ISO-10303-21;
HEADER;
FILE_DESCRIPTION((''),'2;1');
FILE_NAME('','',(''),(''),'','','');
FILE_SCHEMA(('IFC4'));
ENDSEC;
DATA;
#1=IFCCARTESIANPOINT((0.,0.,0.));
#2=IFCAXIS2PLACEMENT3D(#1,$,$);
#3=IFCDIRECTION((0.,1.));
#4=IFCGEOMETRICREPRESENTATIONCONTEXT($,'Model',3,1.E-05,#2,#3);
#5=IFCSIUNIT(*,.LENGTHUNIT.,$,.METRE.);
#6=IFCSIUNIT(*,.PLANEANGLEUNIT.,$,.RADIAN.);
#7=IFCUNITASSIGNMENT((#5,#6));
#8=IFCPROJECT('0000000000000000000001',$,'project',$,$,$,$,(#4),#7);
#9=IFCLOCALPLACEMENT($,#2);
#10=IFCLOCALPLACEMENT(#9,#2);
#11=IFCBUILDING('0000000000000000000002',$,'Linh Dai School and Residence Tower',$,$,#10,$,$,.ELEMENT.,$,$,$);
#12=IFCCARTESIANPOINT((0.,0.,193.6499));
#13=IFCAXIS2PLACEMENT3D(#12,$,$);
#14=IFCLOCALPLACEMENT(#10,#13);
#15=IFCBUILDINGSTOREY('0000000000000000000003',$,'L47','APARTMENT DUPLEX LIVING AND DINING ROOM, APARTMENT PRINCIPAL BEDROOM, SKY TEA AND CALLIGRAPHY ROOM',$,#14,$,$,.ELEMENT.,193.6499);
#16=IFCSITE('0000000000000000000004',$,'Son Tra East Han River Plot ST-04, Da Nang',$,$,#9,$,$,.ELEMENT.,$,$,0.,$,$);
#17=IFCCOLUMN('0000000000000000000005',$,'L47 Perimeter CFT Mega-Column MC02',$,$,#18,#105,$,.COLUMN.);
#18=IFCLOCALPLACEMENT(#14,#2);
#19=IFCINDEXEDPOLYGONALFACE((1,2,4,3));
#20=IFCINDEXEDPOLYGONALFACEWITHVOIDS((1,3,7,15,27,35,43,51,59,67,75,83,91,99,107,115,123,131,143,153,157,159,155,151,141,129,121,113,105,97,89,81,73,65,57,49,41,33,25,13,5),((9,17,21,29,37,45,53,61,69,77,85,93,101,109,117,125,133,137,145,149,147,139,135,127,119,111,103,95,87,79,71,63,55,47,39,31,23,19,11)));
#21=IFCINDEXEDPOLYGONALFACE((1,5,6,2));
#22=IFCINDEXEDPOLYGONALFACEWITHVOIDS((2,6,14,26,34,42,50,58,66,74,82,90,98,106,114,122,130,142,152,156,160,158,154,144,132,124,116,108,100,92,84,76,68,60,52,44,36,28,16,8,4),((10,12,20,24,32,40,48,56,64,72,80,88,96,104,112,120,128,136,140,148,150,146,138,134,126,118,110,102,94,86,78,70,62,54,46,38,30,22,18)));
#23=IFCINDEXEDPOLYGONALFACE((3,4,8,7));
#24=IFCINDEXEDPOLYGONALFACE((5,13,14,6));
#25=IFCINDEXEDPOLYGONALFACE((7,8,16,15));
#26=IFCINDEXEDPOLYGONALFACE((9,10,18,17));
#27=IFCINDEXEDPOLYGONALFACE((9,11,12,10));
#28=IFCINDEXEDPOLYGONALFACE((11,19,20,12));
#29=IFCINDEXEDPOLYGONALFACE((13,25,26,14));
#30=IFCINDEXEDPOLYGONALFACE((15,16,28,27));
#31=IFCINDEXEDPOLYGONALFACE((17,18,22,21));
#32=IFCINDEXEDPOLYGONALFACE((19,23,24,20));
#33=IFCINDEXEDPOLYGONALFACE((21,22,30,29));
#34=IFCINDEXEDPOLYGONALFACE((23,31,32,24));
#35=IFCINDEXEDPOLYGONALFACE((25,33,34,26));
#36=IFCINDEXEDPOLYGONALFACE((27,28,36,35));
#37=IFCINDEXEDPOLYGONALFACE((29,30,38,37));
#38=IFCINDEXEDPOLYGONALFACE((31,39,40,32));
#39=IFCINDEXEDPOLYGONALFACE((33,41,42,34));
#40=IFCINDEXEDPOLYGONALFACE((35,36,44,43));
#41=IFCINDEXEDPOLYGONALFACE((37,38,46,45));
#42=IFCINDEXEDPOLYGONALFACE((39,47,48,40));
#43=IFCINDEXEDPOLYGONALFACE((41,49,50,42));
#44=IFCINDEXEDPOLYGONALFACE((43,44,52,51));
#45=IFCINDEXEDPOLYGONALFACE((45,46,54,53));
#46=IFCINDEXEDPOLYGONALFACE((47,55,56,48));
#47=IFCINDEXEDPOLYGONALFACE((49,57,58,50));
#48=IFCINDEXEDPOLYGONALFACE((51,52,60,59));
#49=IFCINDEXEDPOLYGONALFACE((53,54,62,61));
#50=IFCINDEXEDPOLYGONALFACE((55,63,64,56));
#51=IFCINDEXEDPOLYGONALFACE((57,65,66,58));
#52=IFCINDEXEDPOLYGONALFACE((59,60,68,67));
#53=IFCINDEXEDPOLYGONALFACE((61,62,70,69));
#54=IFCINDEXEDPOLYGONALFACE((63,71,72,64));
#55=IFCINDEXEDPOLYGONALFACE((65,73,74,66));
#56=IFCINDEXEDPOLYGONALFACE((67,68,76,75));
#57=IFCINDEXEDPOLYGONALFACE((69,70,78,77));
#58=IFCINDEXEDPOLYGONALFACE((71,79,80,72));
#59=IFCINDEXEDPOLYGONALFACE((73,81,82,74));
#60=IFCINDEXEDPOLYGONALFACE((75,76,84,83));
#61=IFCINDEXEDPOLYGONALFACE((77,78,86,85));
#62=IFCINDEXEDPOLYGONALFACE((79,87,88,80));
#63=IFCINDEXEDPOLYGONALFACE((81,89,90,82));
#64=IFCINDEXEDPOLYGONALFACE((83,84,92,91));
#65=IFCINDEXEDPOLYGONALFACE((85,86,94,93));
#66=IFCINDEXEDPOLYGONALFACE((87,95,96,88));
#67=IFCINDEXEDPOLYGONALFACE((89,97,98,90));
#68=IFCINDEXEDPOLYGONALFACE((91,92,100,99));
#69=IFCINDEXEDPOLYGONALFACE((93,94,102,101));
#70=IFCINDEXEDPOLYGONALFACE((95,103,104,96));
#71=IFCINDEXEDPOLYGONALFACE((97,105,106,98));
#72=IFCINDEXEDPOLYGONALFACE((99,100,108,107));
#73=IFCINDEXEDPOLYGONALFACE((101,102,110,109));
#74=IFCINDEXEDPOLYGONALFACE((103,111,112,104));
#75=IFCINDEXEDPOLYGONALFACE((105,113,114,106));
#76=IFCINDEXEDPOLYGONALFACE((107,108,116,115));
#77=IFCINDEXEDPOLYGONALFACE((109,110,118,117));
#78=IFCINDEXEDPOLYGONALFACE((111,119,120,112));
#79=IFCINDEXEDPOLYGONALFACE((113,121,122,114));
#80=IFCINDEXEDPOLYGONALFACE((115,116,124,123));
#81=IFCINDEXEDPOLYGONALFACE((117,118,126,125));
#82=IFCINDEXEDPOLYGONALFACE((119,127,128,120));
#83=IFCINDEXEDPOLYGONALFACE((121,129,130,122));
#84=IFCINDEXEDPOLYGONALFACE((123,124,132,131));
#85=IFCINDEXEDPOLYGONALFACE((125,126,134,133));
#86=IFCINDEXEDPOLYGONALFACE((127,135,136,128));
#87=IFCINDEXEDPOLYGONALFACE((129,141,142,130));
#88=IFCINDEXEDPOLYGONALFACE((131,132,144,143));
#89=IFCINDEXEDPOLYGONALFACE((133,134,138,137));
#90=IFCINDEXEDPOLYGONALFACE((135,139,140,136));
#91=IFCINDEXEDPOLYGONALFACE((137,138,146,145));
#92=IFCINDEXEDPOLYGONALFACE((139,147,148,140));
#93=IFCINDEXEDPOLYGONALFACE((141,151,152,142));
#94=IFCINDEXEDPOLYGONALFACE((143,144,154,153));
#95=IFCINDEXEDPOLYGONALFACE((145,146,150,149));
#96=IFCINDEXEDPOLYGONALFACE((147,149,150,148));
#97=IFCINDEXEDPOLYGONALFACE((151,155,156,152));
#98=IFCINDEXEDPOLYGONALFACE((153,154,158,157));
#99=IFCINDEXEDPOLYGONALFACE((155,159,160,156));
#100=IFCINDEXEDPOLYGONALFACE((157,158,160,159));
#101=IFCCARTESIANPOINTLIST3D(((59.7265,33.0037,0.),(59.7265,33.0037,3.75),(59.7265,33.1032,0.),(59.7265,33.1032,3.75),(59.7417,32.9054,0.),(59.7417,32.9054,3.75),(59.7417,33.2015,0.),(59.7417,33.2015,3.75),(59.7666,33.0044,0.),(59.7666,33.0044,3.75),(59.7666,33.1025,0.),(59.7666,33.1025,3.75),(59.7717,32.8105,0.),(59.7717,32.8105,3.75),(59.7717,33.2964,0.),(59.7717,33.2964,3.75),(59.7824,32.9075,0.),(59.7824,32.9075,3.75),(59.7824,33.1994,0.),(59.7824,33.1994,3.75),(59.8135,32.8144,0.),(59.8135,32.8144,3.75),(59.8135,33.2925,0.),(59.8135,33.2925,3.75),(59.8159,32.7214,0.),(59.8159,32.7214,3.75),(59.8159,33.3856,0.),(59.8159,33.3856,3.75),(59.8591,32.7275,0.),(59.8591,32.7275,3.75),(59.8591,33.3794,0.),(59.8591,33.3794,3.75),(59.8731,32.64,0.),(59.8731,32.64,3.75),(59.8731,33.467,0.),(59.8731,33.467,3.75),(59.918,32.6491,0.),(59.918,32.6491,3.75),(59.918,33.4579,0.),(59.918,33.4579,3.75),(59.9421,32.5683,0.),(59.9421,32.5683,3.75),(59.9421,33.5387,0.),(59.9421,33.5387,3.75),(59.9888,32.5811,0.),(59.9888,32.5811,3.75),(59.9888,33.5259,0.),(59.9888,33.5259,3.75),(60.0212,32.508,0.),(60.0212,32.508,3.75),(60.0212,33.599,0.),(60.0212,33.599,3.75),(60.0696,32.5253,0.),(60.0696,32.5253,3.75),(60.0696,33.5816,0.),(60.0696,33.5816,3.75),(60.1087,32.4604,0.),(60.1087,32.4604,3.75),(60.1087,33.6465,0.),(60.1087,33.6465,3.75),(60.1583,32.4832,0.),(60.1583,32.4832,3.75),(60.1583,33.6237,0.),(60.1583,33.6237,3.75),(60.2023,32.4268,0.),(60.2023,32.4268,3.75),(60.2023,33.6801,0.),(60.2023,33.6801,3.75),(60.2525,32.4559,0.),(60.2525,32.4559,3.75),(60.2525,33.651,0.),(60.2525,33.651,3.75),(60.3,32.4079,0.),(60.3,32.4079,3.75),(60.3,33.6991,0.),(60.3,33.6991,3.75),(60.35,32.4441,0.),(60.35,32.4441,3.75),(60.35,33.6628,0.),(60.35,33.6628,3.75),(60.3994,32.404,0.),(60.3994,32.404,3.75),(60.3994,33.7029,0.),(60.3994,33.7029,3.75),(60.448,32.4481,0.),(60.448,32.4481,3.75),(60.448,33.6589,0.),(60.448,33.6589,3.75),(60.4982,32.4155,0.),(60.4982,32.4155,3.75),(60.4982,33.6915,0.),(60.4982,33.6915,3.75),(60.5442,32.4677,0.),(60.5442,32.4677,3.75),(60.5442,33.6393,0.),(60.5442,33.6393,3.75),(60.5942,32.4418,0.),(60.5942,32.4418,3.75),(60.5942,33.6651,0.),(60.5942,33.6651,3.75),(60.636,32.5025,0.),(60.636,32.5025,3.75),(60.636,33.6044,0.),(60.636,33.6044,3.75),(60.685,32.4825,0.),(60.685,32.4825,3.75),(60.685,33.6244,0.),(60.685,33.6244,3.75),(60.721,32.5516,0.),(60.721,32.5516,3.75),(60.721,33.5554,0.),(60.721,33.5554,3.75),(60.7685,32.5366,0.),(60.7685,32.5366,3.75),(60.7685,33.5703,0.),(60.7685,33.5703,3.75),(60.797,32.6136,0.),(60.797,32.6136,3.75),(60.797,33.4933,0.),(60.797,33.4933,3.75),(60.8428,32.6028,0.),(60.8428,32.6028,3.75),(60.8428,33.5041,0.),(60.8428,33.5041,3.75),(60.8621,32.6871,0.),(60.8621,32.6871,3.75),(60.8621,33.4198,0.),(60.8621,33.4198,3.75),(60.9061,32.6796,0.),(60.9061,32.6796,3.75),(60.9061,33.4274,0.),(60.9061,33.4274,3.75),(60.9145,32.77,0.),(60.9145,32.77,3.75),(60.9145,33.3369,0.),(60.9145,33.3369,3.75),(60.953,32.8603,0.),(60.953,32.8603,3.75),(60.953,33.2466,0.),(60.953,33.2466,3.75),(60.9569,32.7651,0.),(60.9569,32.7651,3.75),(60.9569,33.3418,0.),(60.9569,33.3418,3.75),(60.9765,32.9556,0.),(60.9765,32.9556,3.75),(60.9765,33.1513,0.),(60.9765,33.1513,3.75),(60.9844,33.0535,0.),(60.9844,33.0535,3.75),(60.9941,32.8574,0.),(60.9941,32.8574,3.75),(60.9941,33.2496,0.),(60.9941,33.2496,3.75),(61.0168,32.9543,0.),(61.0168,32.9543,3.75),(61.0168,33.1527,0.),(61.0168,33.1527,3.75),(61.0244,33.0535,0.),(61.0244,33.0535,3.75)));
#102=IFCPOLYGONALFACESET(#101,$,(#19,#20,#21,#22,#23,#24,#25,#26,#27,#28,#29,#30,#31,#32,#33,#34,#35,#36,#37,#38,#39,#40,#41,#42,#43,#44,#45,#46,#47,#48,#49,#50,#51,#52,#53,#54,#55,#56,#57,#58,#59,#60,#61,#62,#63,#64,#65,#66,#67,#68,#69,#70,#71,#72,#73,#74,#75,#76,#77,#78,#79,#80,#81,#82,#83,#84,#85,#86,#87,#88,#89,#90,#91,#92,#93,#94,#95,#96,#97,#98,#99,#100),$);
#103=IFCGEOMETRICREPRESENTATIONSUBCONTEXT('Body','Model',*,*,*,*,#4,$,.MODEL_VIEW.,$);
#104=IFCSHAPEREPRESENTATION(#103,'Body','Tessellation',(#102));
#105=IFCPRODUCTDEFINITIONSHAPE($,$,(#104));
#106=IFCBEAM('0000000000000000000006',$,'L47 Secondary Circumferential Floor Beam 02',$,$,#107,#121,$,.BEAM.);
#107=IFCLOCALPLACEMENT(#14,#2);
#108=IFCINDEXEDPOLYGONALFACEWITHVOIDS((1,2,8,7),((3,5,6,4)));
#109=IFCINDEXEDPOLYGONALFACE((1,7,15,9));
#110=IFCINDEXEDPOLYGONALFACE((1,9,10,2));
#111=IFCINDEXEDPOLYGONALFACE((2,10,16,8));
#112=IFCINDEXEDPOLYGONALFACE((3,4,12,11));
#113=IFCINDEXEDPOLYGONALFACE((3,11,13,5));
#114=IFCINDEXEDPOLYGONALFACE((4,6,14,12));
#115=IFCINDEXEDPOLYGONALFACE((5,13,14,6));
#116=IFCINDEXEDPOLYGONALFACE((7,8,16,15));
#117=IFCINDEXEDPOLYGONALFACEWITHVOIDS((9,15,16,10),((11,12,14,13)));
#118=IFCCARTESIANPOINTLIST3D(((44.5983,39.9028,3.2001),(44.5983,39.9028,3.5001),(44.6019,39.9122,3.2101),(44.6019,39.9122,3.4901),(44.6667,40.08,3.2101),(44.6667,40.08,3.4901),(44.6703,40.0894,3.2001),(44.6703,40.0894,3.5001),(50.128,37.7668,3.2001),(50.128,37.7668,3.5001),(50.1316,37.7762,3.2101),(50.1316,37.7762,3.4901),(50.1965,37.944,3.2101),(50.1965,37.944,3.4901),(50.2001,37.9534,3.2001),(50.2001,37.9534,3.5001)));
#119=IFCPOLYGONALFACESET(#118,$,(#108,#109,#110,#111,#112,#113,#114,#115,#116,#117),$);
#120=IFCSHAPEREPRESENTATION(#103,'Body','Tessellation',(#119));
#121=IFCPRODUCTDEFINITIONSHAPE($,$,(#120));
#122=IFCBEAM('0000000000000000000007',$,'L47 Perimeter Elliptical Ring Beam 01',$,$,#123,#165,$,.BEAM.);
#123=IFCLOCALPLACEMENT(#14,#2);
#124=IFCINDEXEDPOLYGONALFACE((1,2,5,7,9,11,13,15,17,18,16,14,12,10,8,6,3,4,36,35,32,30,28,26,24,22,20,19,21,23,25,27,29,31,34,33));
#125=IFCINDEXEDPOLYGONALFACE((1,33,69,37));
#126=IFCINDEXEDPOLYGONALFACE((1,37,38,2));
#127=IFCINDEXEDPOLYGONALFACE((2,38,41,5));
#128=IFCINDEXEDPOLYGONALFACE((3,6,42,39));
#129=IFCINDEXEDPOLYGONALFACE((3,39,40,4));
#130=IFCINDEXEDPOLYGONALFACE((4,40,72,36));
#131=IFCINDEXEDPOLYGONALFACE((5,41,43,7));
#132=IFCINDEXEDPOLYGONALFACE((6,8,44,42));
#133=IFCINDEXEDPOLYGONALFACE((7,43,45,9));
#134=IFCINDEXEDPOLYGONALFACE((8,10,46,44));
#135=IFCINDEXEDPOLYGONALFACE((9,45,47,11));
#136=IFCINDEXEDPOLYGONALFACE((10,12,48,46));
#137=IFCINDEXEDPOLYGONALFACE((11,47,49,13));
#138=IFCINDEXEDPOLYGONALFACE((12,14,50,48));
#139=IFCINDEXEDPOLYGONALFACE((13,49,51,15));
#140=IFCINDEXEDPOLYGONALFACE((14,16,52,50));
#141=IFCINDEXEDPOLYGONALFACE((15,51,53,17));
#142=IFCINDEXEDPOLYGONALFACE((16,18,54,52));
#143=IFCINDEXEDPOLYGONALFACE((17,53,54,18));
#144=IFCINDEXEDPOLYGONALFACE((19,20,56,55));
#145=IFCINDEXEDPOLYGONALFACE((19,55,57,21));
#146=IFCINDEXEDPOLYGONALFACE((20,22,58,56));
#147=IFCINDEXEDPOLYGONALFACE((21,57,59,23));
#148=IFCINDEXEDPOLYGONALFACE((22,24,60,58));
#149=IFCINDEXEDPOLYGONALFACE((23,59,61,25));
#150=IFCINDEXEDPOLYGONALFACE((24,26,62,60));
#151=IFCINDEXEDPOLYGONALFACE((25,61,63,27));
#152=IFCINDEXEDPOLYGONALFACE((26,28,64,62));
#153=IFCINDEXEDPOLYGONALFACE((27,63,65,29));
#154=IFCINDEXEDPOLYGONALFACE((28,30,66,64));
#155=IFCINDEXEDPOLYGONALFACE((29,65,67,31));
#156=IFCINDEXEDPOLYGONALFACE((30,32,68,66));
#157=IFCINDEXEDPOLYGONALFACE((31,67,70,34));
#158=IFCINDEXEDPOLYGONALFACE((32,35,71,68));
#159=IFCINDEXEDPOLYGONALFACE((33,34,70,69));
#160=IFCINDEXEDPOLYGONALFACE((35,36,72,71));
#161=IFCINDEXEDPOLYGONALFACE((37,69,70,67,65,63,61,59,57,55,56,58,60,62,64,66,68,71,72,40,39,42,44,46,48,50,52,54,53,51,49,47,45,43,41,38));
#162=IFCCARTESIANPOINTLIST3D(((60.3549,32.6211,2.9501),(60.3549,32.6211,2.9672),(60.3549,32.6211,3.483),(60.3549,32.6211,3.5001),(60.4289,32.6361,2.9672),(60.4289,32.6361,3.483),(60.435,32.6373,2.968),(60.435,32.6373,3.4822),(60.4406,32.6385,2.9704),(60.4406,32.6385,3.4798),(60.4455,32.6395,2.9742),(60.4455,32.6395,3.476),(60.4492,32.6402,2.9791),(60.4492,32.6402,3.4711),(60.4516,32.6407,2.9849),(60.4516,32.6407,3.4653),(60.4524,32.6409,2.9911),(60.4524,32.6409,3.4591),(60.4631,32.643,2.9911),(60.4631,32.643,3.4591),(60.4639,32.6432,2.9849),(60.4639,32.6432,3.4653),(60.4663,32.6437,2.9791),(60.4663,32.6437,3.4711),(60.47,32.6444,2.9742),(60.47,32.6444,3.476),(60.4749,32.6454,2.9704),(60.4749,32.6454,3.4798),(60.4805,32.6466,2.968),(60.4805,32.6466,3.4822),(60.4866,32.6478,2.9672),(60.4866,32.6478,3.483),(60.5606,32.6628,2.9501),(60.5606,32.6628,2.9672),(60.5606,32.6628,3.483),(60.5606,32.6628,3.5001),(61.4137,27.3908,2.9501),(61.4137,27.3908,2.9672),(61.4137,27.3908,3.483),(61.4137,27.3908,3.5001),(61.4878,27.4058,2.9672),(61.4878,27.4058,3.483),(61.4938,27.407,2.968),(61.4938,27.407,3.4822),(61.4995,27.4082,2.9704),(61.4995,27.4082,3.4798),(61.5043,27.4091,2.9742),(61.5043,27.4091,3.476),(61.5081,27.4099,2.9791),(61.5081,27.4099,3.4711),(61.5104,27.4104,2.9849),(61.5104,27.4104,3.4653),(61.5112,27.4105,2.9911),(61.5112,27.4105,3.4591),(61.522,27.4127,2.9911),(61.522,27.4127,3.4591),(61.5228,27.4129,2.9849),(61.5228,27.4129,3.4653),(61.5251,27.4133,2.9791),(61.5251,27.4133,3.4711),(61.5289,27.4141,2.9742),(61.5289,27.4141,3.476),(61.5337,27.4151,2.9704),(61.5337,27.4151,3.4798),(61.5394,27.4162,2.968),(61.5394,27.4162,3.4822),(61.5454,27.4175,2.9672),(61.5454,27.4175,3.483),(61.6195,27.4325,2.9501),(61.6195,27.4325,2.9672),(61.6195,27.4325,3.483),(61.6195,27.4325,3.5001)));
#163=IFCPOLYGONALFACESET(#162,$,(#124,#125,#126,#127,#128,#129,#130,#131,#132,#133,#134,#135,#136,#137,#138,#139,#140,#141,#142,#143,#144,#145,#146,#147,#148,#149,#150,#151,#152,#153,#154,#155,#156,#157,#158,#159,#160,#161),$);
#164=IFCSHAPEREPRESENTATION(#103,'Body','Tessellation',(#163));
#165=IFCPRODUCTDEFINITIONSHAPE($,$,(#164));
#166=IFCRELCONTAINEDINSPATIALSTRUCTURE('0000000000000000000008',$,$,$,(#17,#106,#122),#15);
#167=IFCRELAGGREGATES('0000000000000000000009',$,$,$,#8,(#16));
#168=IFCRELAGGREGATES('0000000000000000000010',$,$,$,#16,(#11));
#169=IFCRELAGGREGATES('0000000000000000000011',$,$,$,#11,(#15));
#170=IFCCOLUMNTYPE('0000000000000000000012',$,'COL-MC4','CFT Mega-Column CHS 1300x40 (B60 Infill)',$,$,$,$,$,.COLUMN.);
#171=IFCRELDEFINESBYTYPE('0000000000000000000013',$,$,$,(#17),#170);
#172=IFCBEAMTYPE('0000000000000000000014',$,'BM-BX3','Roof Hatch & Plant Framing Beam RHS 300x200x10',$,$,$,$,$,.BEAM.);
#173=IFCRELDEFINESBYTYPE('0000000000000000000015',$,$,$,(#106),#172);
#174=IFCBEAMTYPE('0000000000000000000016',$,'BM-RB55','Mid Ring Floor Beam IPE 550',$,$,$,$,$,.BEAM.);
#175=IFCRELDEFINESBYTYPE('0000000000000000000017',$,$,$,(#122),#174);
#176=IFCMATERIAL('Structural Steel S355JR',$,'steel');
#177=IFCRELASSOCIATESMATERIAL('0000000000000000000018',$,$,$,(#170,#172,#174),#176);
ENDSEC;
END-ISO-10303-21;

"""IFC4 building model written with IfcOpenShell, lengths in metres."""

from ifc_helpers import new_model, si_unit, direction, frame, origin, origin_2d, place, context, subcontext, project, spatial, hollow_rectangle, hollow_circle, i_section, extrude, material, material_profile, profile_set, type_object, element, save


model = new_model("IFC4")

# Units and contexts
model_context = context("Model", 3, precision=1e-05, world=origin(), true_north=direction((0.0, 1.0)))
body_context = subcontext(model_context, "Body", "Model", "MODEL_VIEW")
ifc_project = project(units=[si_unit("LENGTHUNIT", "METRE"), si_unit("PLANEANGLEUNIT", "RADIAN")], contexts=[model_context])

# Site, building, storey
site_placement = place(None, origin())
site = spatial("IfcSite", under=ifc_project, at=site_placement, Name="Son Tra East Han River Plot ST-04, Da Nang", CompositionType="ELEMENT", RefElevation=0.0)
building_placement = place(site_placement, origin())
building = spatial("IfcBuilding", under=site, at=building_placement, Name="Linh Dai School and Residence Tower", CompositionType="ELEMENT")
storey_placement = place(building_placement, frame((0.0, 0.0, 193.6499)))
storey = spatial("IfcBuildingStorey", under=building, at=storey_placement, Name="L47", Description="APARTMENT DUPLEX LIVING AND DINING ROOM, APARTMENT PRINCIPAL BEDROOM, SKY TEA AND CALLIGRAPHY ROOM", CompositionType="ELEMENT", Elevation=193.6499)

# Column
ifc_material_1 = material(Name="Structural Steel S355JR", Category="steel")
ifc_material_profile_1 = material_profile(ifc_material_1, hollow_circle(Radius=0.6499, WallThickness=0.04, at=origin_2d()), Name="CHS 1300x40")
ifc_profile_set_1 = profile_set([ifc_material_profile_1], Name="Structural Steel S355JR")
column_type = type_object("IfcColumnType", Name="COL-MC4", Description="CFT Mega-Column CHS 1300x40 (B60 Infill)", PredefinedType="COLUMN", material=ifc_profile_set_1)
column_placement = place(storey_placement, frame((60.3745, 33.0535, 0.0), z_axis=(0.0, 0.0, 1.0), x_axis=(1.0, 0.0, 0.0)))
element("IfcColumn", 1, at=column_placement, inside=storey, type_object=column_type, Name="L47 Perimeter CFT Mega-Column MC02", PredefinedType="COLUMN", context=body_context, shape_type="SweptSolid", body=[
    extrude(hollow_circle(Radius=0.6499, WallThickness=0.04, at=origin_2d()), origin(), (0.0, 0.0, 1.0), 3.75),
])

# Beams
ifc_material_profile_2 = material_profile(ifc_material_1, hollow_rectangle(XDim=0.2, YDim=0.3, WallThickness=0.01, at=origin_2d()), Name="RHS 300x200x10")
ifc_profile_set_2 = profile_set([ifc_material_profile_2], Name="Structural Steel S355JR")
beam_type_1 = type_object("IfcBeamType", Name="BM-BX3", Description="Roof Hatch & Plant Framing Beam RHS 300x200x10", PredefinedType="BEAM", material=ifc_profile_set_2)
beam_1_placement = place(storey_placement, frame((50.1641, 37.8601, 3.3501), z_axis=(-0.932828, 0.360323, 0.0), x_axis=(-0.360323, -0.932828, 0.0)))
element("IfcBeam", 2, at=beam_1_placement, inside=storey, type_object=beam_type_1, Name="L47 Secondary Circumferential Floor Beam 02", PredefinedType="BEAM", context=body_context, shape_type="SweptSolid", body=[
    extrude(hollow_rectangle(XDim=0.2, YDim=0.3, WallThickness=0.01, at=origin_2d()), origin(), (0.0, 0.0, 1.0), 5.928),
])
ifc_material_profile_3 = material_profile(ifc_material_1, i_section(OverallWidth=0.21, OverallDepth=0.55, WebThickness=0.011, FlangeThickness=0.0171, FilletRadius=0.0239, at=origin_2d()), Name="IPE 550")
ifc_profile_set_3 = profile_set([ifc_material_profile_3], Name="Structural Steel S355JR")
beam_type_2 = type_object("IfcBeamType", Name="BM-RB55", Description="Mid Ring Floor Beam IPE 550", PredefinedType="BEAM", material=ifc_profile_set_3)
beam_2_placement = place(storey_placement, frame((61.5166, 27.4116, 3.2251), z_axis=(-0.198421, 0.980117, 0.0), x_axis=(-0.980117, -0.198421, 0.0)))
element("IfcBeam", 3, at=beam_2_placement, inside=storey, type_object=beam_type_2, Name="L47 Perimeter Elliptical Ring Beam 01", PredefinedType="BEAM", context=body_context, shape_type="SweptSolid", body=[
    extrude(i_section(OverallWidth=0.21, OverallDepth=0.55, WebThickness=0.011, FlangeThickness=0.0171, FilletRadius=0.0239, at=origin_2d()), origin(), (0.0, 0.0, 1.0), 5.3364),
])

save(model, "model.ifc")
